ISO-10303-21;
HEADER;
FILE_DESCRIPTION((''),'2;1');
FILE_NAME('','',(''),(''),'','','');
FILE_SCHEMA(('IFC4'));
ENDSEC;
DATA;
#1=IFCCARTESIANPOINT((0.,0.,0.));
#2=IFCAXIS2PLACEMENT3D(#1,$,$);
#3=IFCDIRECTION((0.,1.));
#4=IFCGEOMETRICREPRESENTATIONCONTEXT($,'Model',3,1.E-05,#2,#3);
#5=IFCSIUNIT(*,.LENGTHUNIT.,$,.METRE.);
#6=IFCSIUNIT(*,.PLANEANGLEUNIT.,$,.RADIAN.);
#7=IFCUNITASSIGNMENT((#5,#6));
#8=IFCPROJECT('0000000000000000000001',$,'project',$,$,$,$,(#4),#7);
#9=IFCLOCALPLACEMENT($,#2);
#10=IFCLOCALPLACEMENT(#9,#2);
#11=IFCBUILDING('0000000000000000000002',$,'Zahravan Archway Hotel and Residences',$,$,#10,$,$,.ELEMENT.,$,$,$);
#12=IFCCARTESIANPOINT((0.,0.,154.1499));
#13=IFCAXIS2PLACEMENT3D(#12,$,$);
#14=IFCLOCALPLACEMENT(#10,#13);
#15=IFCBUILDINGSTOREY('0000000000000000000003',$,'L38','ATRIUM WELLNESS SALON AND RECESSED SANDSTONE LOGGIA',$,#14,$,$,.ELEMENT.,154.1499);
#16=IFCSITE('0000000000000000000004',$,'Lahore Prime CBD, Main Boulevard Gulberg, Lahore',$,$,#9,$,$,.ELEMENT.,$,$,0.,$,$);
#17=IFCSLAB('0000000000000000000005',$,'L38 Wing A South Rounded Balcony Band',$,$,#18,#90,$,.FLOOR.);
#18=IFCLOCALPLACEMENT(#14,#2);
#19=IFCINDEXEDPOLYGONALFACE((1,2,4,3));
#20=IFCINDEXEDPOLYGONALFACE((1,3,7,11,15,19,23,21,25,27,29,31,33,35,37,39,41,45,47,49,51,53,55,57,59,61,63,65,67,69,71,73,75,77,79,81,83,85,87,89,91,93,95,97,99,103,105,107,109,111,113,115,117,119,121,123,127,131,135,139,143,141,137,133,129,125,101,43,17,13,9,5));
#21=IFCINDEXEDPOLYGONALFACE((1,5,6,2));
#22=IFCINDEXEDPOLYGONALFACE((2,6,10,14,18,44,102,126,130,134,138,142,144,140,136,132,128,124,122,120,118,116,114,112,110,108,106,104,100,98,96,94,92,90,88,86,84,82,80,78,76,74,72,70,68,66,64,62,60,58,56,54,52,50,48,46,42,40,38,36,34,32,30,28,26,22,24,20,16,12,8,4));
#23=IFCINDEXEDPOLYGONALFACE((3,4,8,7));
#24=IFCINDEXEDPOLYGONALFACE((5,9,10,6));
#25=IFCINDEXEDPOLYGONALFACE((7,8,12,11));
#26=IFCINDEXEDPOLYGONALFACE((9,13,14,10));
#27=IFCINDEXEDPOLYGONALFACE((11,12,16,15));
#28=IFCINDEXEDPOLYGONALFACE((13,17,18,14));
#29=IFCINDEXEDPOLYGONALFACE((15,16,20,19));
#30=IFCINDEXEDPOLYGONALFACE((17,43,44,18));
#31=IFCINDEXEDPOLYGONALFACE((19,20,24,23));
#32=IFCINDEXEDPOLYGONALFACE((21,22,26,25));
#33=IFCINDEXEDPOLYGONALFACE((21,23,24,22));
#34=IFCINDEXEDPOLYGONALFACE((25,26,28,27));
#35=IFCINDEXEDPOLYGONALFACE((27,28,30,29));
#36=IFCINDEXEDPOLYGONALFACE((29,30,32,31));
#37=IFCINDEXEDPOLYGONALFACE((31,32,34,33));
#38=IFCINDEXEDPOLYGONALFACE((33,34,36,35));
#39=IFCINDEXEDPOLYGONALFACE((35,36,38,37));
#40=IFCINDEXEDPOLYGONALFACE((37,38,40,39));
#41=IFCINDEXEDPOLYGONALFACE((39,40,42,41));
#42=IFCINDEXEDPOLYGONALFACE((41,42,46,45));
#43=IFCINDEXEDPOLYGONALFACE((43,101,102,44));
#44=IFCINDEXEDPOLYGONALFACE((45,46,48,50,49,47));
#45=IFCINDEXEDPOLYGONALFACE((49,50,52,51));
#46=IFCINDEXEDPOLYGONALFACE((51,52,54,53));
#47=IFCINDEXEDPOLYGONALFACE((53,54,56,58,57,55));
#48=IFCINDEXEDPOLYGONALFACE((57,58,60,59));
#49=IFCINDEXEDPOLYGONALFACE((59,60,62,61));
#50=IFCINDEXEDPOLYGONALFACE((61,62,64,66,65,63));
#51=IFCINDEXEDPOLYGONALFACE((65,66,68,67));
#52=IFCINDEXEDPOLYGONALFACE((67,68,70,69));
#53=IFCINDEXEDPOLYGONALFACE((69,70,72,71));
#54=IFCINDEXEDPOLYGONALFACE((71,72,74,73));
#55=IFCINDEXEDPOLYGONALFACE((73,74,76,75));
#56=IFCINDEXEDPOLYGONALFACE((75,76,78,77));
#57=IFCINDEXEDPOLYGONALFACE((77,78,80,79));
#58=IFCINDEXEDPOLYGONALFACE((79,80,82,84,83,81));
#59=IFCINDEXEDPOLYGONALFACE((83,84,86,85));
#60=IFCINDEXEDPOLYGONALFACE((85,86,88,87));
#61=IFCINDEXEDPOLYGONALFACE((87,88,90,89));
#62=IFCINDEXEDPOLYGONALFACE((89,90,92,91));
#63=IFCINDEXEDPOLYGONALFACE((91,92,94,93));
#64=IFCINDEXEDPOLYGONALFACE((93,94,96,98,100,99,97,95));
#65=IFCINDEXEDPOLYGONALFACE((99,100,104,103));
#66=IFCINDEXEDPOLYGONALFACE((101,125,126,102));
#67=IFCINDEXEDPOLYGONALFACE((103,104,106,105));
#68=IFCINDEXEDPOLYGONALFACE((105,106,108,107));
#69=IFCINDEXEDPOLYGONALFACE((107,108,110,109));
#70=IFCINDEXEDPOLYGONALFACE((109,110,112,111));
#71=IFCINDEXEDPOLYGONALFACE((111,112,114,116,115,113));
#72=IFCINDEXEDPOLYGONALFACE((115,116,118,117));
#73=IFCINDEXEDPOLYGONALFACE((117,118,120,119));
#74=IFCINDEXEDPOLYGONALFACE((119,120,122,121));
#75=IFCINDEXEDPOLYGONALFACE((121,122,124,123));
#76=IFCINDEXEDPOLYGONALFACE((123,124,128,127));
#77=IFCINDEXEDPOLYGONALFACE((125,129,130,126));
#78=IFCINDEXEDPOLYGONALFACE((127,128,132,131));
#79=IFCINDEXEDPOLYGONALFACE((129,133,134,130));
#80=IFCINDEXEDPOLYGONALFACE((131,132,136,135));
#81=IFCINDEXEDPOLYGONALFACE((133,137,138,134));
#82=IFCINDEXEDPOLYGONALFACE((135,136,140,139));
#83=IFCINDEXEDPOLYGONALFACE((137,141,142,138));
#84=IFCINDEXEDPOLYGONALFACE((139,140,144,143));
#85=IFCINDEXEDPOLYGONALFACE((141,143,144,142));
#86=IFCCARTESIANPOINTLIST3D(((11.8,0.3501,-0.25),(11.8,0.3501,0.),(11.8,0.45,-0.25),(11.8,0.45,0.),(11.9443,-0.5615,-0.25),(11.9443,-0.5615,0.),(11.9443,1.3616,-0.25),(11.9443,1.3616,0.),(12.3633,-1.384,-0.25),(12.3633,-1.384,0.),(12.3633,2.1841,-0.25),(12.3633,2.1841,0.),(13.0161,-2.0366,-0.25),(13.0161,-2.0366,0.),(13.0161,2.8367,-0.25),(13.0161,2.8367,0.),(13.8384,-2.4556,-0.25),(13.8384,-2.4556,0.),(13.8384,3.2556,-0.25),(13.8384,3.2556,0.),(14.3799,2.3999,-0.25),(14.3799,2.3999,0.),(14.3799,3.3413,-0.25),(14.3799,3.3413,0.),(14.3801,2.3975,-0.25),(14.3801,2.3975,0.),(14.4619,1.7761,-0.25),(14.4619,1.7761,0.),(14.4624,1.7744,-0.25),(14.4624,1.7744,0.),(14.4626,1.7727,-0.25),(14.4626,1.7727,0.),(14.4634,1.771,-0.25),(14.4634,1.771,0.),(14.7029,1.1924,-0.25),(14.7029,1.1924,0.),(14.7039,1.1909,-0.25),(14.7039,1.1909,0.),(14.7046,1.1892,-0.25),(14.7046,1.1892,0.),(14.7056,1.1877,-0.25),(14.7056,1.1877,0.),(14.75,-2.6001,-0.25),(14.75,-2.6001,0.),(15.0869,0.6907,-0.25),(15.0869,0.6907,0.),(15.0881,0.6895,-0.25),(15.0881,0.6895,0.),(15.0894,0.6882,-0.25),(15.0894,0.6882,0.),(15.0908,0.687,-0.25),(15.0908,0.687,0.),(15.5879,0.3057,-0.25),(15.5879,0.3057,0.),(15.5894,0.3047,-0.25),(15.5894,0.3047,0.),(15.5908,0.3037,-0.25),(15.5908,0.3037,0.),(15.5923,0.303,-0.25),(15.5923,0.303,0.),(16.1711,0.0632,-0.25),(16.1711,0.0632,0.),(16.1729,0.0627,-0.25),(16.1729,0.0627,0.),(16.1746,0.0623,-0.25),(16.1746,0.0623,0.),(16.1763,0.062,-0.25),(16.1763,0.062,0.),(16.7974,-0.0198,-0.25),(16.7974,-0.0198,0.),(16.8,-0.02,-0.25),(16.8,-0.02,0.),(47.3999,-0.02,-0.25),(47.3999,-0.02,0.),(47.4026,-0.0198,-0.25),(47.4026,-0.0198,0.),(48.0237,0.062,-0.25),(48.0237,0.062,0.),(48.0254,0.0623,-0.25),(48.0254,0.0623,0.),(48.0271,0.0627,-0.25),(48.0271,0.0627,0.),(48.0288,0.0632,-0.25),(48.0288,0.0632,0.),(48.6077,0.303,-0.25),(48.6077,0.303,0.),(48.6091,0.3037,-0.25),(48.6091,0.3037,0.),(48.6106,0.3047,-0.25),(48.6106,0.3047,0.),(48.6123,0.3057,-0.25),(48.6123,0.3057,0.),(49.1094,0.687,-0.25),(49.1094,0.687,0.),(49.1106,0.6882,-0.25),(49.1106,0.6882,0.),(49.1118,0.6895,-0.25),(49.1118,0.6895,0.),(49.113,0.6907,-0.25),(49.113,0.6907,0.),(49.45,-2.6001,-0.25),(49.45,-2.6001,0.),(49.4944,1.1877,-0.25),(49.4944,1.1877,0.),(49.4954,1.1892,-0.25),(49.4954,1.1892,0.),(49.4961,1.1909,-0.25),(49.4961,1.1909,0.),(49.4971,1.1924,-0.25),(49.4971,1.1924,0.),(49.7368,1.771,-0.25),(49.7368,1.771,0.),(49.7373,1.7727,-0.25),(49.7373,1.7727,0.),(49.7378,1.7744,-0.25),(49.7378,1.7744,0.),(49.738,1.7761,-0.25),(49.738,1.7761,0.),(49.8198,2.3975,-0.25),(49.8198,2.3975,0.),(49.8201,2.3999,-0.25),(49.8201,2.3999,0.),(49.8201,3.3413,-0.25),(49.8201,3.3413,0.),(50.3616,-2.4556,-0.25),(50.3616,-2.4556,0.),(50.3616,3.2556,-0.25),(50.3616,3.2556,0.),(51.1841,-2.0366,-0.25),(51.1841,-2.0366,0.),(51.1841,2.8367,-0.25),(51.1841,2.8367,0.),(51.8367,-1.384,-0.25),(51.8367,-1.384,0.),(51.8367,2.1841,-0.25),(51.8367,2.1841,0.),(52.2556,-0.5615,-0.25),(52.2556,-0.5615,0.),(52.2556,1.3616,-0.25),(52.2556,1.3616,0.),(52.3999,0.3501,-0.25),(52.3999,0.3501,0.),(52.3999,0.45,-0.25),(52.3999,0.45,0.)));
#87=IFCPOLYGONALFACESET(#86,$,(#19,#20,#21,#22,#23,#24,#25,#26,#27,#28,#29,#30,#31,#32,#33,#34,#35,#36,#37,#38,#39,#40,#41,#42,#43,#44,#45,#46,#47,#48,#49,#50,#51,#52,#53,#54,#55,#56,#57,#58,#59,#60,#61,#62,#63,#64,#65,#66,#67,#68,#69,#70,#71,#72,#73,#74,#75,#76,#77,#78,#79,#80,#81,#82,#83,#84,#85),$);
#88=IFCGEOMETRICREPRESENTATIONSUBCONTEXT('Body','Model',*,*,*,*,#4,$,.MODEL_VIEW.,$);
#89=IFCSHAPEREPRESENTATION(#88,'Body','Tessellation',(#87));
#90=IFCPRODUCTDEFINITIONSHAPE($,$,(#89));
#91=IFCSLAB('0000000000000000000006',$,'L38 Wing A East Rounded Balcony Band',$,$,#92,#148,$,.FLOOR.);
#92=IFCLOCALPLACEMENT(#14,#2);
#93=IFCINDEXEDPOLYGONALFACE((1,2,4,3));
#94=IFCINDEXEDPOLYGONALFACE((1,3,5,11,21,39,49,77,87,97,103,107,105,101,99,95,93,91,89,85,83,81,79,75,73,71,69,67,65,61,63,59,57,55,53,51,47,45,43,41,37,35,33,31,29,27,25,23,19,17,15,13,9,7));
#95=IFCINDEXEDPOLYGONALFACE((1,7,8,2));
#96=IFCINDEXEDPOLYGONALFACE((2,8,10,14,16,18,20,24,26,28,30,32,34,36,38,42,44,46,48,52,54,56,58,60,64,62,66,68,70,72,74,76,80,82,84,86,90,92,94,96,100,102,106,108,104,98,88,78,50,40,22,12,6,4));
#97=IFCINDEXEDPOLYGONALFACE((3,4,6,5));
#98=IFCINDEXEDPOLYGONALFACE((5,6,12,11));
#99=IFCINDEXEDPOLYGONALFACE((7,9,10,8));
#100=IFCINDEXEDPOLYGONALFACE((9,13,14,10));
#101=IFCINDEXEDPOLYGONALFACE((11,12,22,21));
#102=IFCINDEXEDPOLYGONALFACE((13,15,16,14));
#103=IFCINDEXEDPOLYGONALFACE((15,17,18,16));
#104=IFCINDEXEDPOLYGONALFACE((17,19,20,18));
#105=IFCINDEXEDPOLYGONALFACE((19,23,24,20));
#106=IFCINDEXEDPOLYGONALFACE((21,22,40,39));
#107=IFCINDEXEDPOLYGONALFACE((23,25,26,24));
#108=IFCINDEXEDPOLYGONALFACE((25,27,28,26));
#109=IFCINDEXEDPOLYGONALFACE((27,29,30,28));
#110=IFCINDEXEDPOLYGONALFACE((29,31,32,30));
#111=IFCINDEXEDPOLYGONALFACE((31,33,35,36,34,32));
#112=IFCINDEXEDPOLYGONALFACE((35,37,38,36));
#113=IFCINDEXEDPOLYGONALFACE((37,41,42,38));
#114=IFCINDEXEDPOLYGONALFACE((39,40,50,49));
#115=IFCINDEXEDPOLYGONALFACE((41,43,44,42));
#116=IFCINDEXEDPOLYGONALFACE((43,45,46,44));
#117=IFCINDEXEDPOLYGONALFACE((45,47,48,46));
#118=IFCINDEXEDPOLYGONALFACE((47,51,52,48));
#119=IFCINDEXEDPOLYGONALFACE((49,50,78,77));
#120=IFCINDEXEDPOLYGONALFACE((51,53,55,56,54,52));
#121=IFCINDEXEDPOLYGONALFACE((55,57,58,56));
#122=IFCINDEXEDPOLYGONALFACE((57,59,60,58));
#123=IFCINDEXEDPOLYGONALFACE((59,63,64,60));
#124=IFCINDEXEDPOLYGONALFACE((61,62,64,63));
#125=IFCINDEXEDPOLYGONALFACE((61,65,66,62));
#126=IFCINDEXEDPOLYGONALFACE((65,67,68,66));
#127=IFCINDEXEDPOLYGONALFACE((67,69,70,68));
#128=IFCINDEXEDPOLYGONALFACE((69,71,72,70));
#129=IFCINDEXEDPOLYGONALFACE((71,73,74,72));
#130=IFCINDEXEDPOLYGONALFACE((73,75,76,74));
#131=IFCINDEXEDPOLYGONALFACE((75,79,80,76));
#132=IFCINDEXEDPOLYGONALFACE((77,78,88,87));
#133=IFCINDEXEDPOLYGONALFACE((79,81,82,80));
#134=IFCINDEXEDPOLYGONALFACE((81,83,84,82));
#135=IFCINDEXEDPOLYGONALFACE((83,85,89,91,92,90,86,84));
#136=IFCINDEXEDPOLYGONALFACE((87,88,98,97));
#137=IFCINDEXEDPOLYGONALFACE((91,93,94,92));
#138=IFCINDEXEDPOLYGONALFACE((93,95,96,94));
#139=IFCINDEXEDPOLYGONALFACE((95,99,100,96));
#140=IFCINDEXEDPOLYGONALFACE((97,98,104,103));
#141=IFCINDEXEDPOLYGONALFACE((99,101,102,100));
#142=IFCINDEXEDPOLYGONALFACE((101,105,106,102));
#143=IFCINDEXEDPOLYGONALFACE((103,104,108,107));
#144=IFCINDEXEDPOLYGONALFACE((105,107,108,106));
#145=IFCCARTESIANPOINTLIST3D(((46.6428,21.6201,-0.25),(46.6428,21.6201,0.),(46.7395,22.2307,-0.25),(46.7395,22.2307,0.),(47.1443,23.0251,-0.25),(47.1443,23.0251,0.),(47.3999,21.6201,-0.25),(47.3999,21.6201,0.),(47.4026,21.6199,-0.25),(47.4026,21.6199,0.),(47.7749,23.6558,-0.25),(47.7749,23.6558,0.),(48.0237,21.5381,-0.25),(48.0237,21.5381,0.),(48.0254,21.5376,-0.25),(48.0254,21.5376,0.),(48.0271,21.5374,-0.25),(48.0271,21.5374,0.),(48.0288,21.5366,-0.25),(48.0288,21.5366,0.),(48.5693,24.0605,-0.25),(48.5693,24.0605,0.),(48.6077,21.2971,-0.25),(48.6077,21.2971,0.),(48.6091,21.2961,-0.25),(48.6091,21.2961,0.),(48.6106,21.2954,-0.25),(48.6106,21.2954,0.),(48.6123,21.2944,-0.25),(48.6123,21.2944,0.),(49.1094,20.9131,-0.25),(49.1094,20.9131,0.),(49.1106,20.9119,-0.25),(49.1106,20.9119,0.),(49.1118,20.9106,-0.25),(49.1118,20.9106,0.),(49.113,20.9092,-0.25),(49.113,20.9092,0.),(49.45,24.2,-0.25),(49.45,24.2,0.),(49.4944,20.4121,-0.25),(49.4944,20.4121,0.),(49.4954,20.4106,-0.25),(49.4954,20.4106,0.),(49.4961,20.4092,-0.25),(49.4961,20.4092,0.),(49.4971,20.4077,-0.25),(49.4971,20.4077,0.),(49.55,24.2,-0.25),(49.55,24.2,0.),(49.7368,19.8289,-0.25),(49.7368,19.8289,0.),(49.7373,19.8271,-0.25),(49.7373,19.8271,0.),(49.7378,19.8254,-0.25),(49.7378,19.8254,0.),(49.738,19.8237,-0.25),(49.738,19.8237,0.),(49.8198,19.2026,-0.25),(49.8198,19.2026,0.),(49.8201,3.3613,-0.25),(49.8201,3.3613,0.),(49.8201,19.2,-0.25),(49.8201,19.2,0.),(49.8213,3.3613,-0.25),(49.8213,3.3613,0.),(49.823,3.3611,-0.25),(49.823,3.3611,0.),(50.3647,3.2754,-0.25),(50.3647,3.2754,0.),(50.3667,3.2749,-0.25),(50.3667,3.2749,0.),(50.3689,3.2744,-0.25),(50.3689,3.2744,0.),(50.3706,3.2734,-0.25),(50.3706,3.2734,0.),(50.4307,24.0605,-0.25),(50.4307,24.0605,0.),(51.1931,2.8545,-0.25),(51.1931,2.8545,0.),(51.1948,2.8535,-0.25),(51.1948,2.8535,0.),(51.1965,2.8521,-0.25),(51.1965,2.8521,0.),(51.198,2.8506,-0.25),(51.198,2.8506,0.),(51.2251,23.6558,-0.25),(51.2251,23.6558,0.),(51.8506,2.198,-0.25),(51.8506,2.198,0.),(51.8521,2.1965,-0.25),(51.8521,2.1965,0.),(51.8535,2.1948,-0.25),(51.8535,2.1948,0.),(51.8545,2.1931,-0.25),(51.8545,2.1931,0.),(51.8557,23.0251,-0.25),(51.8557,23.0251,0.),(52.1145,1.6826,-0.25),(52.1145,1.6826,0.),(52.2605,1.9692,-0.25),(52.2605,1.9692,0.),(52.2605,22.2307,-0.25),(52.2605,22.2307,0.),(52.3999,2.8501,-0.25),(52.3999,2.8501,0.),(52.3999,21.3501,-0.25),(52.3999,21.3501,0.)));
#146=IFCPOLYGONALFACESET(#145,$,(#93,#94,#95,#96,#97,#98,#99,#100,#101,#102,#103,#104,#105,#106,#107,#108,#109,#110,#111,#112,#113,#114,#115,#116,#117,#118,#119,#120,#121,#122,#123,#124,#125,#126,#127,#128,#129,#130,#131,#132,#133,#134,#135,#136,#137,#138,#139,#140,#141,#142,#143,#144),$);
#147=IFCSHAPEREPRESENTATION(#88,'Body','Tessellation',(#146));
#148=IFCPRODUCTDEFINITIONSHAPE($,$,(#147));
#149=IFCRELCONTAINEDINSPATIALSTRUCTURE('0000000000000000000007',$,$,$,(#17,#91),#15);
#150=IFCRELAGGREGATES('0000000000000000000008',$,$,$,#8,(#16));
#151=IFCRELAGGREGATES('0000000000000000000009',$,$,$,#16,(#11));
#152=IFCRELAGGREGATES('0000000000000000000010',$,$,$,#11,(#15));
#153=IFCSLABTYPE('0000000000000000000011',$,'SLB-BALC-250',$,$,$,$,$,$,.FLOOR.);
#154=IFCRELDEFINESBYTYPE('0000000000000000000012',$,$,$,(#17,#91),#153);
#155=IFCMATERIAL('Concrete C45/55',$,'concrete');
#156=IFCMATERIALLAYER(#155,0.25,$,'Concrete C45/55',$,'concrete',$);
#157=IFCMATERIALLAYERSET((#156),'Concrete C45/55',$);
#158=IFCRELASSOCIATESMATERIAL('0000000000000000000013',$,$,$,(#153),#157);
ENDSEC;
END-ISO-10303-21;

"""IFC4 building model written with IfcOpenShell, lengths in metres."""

from ifc_helpers import new_model, si_unit, direction, frame, origin, place, context, subcontext, project, spatial, polyline, outline, extrude, material, layer, layer_set, type_object, element, save


model = new_model("IFC4")

# Units and contexts
model_context = context("Model", 3, precision=1e-05, world=origin(), true_north=direction((0.0, 1.0)))
body_context = subcontext(model_context, "Body", "Model", "MODEL_VIEW")
ifc_project = project(units=[si_unit("LENGTHUNIT", "METRE"), si_unit("PLANEANGLEUNIT", "RADIAN")], contexts=[model_context])

# Site, building, storey
site_placement = place(None, origin())
site = spatial("IfcSite", under=ifc_project, at=site_placement, Name="Lahore Prime CBD, Main Boulevard Gulberg, Lahore", CompositionType="ELEMENT", RefElevation=0.0)
building_placement = place(site_placement, origin())
building = spatial("IfcBuilding", under=site, at=building_placement, Name="Zahravan Archway Hotel and Residences", CompositionType="ELEMENT")
storey_placement = place(building_placement, frame((0.0, 0.0, 154.1499)))
storey = spatial("IfcBuildingStorey", under=building, at=storey_placement, Name="L38", Description="ATRIUM WELLNESS SALON AND RECESSED SANDSTONE LOGGIA", CompositionType="ELEMENT", Elevation=154.1499)

# Slabs
ifc_material_1 = material(Name="Concrete C45/55", Category="concrete")
ifc_layer_1 = layer(ifc_material_1, 0.25, Name="Concrete C45/55", Category="concrete")
ifc_layer_set_1 = layer_set([ifc_layer_1], Name="Concrete C45/55")
slab_type_1 = type_object("IfcSlabType", Name="SLB-BALC-250", PredefinedType="FLOOR", material=ifc_layer_set_1)
slab_1_placement = place(storey_placement, frame((0.0, 0.0, -0.25)))
element("IfcSlab", 1, at=slab_1_placement, inside=storey, type_object=slab_type_1, Name="L38 Wing A South Rounded Balcony Band", PredefinedType="FLOOR", context=body_context, shape_type="SweptSolid", body=[
    extrude(outline(polyline([(50.3616, 3.2556), (51.1841, 2.8367), (51.8367, 2.1841), (52.2556, 1.3616), (52.3999, 0.45), (52.3999, 0.3501), (52.2556, -0.5615), (51.8367, -1.384), (51.1841, -2.0366), (50.3616, -2.4556), (49.45, -2.6001), (14.75, -2.6001), (13.8384, -2.4556), (13.0161, -2.0366), (12.3633, -1.384), (11.9443, -0.5615), (11.8, 0.3501), (11.8, 0.45), (11.9443, 1.3616), (12.3633, 2.1841), (13.0161, 2.8367), (13.8384, 3.2556), (14.3799, 3.3413), (14.3799, 2.3999), (14.3801, 2.3975), (14.4619, 1.7761), (14.4624, 1.7744), (14.4626, 1.7727), (14.4634, 1.771), (14.7029, 1.1924), (14.7039, 1.1909), (14.7046, 1.1892), (14.7056, 1.1877), (15.0869, 0.6907), (15.0881, 0.6895), (15.0894, 0.6882), (15.0908, 0.687), (15.5879, 0.3057), (15.5894, 0.3047), (15.5908, 0.3037), (15.5923, 0.303), (16.1711, 0.0632), (16.1729, 0.0627), (16.1746, 0.0623), (16.1763, 0.062), (16.7974, -0.0198), (16.8, -0.02), (47.3999, -0.02), (47.4026, -0.0198), (48.0237, 0.062), (48.0254, 0.0623), (48.0271, 0.0627), (48.0288, 0.0632), (48.6077, 0.303), (48.6091, 0.3037), (48.6106, 0.3047), (48.6123, 0.3057), (49.1094, 0.687), (49.1106, 0.6882), (49.1118, 0.6895), (49.113, 0.6907), (49.4944, 1.1877), (49.4954, 1.1892), (49.4961, 1.1909), (49.4971, 1.1924), (49.7368, 1.771), (49.7373, 1.7727), (49.7378, 1.7744), (49.738, 1.7761), (49.8198, 2.3975), (49.8201, 2.3999), (49.8201, 3.3413), (50.3616, 3.2556)])), origin(), (0.0, 0.0, 1.0), 0.25),
])
slab_2_placement = place(storey_placement, frame((0.0, 0.0, -0.25)))
element("IfcSlab", 2, at=slab_2_placement, inside=storey, type_object=slab_type_1, Name="L38 Wing A East Rounded Balcony Band", PredefinedType="FLOOR", context=body_context, shape_type="SweptSolid", body=[
    extrude(outline(polyline([(46.7395, 22.2307), (47.1443, 23.0251), (47.7749, 23.6558), (48.5693, 24.0605), (49.45, 24.2), (49.55, 24.2), (50.4307, 24.0605), (51.2251, 23.6558), (51.8557, 23.0251), (52.2605, 22.2307), (52.3999, 21.3501), (52.3999, 2.8501), (52.2605, 1.9692), (52.1145, 1.6826), (51.8545, 2.1931), (51.8535, 2.1948), (51.8521, 2.1965), (51.8506, 2.198), (51.198, 2.8506), (51.1965, 2.8521), (51.1948, 2.8535), (51.1931, 2.8545), (50.3706, 3.2734), (50.3689, 3.2744), (50.3667, 3.2749), (50.3647, 3.2754), (49.823, 3.3611), (49.8213, 3.3613), (49.8201, 3.3613), (49.8201, 19.2), (49.8198, 19.2026), (49.738, 19.8237), (49.7378, 19.8254), (49.7373, 19.8271), (49.7368, 19.8289), (49.4971, 20.4077), (49.4961, 20.4092), (49.4954, 20.4106), (49.4944, 20.4121), (49.113, 20.9092), (49.1118, 20.9106), (49.1106, 20.9119), (49.1094, 20.9131), (48.6123, 21.2944), (48.6106, 21.2954), (48.6091, 21.2961), (48.6077, 21.2971), (48.0288, 21.5366), (48.0271, 21.5374), (48.0254, 21.5376), (48.0237, 21.5381), (47.4026, 21.6199), (47.3999, 21.6201), (46.6428, 21.6201), (46.7395, 22.2307)])), origin(), (0.0, 0.0, 1.0), 0.25),
])

save(model, "model.ifc")
